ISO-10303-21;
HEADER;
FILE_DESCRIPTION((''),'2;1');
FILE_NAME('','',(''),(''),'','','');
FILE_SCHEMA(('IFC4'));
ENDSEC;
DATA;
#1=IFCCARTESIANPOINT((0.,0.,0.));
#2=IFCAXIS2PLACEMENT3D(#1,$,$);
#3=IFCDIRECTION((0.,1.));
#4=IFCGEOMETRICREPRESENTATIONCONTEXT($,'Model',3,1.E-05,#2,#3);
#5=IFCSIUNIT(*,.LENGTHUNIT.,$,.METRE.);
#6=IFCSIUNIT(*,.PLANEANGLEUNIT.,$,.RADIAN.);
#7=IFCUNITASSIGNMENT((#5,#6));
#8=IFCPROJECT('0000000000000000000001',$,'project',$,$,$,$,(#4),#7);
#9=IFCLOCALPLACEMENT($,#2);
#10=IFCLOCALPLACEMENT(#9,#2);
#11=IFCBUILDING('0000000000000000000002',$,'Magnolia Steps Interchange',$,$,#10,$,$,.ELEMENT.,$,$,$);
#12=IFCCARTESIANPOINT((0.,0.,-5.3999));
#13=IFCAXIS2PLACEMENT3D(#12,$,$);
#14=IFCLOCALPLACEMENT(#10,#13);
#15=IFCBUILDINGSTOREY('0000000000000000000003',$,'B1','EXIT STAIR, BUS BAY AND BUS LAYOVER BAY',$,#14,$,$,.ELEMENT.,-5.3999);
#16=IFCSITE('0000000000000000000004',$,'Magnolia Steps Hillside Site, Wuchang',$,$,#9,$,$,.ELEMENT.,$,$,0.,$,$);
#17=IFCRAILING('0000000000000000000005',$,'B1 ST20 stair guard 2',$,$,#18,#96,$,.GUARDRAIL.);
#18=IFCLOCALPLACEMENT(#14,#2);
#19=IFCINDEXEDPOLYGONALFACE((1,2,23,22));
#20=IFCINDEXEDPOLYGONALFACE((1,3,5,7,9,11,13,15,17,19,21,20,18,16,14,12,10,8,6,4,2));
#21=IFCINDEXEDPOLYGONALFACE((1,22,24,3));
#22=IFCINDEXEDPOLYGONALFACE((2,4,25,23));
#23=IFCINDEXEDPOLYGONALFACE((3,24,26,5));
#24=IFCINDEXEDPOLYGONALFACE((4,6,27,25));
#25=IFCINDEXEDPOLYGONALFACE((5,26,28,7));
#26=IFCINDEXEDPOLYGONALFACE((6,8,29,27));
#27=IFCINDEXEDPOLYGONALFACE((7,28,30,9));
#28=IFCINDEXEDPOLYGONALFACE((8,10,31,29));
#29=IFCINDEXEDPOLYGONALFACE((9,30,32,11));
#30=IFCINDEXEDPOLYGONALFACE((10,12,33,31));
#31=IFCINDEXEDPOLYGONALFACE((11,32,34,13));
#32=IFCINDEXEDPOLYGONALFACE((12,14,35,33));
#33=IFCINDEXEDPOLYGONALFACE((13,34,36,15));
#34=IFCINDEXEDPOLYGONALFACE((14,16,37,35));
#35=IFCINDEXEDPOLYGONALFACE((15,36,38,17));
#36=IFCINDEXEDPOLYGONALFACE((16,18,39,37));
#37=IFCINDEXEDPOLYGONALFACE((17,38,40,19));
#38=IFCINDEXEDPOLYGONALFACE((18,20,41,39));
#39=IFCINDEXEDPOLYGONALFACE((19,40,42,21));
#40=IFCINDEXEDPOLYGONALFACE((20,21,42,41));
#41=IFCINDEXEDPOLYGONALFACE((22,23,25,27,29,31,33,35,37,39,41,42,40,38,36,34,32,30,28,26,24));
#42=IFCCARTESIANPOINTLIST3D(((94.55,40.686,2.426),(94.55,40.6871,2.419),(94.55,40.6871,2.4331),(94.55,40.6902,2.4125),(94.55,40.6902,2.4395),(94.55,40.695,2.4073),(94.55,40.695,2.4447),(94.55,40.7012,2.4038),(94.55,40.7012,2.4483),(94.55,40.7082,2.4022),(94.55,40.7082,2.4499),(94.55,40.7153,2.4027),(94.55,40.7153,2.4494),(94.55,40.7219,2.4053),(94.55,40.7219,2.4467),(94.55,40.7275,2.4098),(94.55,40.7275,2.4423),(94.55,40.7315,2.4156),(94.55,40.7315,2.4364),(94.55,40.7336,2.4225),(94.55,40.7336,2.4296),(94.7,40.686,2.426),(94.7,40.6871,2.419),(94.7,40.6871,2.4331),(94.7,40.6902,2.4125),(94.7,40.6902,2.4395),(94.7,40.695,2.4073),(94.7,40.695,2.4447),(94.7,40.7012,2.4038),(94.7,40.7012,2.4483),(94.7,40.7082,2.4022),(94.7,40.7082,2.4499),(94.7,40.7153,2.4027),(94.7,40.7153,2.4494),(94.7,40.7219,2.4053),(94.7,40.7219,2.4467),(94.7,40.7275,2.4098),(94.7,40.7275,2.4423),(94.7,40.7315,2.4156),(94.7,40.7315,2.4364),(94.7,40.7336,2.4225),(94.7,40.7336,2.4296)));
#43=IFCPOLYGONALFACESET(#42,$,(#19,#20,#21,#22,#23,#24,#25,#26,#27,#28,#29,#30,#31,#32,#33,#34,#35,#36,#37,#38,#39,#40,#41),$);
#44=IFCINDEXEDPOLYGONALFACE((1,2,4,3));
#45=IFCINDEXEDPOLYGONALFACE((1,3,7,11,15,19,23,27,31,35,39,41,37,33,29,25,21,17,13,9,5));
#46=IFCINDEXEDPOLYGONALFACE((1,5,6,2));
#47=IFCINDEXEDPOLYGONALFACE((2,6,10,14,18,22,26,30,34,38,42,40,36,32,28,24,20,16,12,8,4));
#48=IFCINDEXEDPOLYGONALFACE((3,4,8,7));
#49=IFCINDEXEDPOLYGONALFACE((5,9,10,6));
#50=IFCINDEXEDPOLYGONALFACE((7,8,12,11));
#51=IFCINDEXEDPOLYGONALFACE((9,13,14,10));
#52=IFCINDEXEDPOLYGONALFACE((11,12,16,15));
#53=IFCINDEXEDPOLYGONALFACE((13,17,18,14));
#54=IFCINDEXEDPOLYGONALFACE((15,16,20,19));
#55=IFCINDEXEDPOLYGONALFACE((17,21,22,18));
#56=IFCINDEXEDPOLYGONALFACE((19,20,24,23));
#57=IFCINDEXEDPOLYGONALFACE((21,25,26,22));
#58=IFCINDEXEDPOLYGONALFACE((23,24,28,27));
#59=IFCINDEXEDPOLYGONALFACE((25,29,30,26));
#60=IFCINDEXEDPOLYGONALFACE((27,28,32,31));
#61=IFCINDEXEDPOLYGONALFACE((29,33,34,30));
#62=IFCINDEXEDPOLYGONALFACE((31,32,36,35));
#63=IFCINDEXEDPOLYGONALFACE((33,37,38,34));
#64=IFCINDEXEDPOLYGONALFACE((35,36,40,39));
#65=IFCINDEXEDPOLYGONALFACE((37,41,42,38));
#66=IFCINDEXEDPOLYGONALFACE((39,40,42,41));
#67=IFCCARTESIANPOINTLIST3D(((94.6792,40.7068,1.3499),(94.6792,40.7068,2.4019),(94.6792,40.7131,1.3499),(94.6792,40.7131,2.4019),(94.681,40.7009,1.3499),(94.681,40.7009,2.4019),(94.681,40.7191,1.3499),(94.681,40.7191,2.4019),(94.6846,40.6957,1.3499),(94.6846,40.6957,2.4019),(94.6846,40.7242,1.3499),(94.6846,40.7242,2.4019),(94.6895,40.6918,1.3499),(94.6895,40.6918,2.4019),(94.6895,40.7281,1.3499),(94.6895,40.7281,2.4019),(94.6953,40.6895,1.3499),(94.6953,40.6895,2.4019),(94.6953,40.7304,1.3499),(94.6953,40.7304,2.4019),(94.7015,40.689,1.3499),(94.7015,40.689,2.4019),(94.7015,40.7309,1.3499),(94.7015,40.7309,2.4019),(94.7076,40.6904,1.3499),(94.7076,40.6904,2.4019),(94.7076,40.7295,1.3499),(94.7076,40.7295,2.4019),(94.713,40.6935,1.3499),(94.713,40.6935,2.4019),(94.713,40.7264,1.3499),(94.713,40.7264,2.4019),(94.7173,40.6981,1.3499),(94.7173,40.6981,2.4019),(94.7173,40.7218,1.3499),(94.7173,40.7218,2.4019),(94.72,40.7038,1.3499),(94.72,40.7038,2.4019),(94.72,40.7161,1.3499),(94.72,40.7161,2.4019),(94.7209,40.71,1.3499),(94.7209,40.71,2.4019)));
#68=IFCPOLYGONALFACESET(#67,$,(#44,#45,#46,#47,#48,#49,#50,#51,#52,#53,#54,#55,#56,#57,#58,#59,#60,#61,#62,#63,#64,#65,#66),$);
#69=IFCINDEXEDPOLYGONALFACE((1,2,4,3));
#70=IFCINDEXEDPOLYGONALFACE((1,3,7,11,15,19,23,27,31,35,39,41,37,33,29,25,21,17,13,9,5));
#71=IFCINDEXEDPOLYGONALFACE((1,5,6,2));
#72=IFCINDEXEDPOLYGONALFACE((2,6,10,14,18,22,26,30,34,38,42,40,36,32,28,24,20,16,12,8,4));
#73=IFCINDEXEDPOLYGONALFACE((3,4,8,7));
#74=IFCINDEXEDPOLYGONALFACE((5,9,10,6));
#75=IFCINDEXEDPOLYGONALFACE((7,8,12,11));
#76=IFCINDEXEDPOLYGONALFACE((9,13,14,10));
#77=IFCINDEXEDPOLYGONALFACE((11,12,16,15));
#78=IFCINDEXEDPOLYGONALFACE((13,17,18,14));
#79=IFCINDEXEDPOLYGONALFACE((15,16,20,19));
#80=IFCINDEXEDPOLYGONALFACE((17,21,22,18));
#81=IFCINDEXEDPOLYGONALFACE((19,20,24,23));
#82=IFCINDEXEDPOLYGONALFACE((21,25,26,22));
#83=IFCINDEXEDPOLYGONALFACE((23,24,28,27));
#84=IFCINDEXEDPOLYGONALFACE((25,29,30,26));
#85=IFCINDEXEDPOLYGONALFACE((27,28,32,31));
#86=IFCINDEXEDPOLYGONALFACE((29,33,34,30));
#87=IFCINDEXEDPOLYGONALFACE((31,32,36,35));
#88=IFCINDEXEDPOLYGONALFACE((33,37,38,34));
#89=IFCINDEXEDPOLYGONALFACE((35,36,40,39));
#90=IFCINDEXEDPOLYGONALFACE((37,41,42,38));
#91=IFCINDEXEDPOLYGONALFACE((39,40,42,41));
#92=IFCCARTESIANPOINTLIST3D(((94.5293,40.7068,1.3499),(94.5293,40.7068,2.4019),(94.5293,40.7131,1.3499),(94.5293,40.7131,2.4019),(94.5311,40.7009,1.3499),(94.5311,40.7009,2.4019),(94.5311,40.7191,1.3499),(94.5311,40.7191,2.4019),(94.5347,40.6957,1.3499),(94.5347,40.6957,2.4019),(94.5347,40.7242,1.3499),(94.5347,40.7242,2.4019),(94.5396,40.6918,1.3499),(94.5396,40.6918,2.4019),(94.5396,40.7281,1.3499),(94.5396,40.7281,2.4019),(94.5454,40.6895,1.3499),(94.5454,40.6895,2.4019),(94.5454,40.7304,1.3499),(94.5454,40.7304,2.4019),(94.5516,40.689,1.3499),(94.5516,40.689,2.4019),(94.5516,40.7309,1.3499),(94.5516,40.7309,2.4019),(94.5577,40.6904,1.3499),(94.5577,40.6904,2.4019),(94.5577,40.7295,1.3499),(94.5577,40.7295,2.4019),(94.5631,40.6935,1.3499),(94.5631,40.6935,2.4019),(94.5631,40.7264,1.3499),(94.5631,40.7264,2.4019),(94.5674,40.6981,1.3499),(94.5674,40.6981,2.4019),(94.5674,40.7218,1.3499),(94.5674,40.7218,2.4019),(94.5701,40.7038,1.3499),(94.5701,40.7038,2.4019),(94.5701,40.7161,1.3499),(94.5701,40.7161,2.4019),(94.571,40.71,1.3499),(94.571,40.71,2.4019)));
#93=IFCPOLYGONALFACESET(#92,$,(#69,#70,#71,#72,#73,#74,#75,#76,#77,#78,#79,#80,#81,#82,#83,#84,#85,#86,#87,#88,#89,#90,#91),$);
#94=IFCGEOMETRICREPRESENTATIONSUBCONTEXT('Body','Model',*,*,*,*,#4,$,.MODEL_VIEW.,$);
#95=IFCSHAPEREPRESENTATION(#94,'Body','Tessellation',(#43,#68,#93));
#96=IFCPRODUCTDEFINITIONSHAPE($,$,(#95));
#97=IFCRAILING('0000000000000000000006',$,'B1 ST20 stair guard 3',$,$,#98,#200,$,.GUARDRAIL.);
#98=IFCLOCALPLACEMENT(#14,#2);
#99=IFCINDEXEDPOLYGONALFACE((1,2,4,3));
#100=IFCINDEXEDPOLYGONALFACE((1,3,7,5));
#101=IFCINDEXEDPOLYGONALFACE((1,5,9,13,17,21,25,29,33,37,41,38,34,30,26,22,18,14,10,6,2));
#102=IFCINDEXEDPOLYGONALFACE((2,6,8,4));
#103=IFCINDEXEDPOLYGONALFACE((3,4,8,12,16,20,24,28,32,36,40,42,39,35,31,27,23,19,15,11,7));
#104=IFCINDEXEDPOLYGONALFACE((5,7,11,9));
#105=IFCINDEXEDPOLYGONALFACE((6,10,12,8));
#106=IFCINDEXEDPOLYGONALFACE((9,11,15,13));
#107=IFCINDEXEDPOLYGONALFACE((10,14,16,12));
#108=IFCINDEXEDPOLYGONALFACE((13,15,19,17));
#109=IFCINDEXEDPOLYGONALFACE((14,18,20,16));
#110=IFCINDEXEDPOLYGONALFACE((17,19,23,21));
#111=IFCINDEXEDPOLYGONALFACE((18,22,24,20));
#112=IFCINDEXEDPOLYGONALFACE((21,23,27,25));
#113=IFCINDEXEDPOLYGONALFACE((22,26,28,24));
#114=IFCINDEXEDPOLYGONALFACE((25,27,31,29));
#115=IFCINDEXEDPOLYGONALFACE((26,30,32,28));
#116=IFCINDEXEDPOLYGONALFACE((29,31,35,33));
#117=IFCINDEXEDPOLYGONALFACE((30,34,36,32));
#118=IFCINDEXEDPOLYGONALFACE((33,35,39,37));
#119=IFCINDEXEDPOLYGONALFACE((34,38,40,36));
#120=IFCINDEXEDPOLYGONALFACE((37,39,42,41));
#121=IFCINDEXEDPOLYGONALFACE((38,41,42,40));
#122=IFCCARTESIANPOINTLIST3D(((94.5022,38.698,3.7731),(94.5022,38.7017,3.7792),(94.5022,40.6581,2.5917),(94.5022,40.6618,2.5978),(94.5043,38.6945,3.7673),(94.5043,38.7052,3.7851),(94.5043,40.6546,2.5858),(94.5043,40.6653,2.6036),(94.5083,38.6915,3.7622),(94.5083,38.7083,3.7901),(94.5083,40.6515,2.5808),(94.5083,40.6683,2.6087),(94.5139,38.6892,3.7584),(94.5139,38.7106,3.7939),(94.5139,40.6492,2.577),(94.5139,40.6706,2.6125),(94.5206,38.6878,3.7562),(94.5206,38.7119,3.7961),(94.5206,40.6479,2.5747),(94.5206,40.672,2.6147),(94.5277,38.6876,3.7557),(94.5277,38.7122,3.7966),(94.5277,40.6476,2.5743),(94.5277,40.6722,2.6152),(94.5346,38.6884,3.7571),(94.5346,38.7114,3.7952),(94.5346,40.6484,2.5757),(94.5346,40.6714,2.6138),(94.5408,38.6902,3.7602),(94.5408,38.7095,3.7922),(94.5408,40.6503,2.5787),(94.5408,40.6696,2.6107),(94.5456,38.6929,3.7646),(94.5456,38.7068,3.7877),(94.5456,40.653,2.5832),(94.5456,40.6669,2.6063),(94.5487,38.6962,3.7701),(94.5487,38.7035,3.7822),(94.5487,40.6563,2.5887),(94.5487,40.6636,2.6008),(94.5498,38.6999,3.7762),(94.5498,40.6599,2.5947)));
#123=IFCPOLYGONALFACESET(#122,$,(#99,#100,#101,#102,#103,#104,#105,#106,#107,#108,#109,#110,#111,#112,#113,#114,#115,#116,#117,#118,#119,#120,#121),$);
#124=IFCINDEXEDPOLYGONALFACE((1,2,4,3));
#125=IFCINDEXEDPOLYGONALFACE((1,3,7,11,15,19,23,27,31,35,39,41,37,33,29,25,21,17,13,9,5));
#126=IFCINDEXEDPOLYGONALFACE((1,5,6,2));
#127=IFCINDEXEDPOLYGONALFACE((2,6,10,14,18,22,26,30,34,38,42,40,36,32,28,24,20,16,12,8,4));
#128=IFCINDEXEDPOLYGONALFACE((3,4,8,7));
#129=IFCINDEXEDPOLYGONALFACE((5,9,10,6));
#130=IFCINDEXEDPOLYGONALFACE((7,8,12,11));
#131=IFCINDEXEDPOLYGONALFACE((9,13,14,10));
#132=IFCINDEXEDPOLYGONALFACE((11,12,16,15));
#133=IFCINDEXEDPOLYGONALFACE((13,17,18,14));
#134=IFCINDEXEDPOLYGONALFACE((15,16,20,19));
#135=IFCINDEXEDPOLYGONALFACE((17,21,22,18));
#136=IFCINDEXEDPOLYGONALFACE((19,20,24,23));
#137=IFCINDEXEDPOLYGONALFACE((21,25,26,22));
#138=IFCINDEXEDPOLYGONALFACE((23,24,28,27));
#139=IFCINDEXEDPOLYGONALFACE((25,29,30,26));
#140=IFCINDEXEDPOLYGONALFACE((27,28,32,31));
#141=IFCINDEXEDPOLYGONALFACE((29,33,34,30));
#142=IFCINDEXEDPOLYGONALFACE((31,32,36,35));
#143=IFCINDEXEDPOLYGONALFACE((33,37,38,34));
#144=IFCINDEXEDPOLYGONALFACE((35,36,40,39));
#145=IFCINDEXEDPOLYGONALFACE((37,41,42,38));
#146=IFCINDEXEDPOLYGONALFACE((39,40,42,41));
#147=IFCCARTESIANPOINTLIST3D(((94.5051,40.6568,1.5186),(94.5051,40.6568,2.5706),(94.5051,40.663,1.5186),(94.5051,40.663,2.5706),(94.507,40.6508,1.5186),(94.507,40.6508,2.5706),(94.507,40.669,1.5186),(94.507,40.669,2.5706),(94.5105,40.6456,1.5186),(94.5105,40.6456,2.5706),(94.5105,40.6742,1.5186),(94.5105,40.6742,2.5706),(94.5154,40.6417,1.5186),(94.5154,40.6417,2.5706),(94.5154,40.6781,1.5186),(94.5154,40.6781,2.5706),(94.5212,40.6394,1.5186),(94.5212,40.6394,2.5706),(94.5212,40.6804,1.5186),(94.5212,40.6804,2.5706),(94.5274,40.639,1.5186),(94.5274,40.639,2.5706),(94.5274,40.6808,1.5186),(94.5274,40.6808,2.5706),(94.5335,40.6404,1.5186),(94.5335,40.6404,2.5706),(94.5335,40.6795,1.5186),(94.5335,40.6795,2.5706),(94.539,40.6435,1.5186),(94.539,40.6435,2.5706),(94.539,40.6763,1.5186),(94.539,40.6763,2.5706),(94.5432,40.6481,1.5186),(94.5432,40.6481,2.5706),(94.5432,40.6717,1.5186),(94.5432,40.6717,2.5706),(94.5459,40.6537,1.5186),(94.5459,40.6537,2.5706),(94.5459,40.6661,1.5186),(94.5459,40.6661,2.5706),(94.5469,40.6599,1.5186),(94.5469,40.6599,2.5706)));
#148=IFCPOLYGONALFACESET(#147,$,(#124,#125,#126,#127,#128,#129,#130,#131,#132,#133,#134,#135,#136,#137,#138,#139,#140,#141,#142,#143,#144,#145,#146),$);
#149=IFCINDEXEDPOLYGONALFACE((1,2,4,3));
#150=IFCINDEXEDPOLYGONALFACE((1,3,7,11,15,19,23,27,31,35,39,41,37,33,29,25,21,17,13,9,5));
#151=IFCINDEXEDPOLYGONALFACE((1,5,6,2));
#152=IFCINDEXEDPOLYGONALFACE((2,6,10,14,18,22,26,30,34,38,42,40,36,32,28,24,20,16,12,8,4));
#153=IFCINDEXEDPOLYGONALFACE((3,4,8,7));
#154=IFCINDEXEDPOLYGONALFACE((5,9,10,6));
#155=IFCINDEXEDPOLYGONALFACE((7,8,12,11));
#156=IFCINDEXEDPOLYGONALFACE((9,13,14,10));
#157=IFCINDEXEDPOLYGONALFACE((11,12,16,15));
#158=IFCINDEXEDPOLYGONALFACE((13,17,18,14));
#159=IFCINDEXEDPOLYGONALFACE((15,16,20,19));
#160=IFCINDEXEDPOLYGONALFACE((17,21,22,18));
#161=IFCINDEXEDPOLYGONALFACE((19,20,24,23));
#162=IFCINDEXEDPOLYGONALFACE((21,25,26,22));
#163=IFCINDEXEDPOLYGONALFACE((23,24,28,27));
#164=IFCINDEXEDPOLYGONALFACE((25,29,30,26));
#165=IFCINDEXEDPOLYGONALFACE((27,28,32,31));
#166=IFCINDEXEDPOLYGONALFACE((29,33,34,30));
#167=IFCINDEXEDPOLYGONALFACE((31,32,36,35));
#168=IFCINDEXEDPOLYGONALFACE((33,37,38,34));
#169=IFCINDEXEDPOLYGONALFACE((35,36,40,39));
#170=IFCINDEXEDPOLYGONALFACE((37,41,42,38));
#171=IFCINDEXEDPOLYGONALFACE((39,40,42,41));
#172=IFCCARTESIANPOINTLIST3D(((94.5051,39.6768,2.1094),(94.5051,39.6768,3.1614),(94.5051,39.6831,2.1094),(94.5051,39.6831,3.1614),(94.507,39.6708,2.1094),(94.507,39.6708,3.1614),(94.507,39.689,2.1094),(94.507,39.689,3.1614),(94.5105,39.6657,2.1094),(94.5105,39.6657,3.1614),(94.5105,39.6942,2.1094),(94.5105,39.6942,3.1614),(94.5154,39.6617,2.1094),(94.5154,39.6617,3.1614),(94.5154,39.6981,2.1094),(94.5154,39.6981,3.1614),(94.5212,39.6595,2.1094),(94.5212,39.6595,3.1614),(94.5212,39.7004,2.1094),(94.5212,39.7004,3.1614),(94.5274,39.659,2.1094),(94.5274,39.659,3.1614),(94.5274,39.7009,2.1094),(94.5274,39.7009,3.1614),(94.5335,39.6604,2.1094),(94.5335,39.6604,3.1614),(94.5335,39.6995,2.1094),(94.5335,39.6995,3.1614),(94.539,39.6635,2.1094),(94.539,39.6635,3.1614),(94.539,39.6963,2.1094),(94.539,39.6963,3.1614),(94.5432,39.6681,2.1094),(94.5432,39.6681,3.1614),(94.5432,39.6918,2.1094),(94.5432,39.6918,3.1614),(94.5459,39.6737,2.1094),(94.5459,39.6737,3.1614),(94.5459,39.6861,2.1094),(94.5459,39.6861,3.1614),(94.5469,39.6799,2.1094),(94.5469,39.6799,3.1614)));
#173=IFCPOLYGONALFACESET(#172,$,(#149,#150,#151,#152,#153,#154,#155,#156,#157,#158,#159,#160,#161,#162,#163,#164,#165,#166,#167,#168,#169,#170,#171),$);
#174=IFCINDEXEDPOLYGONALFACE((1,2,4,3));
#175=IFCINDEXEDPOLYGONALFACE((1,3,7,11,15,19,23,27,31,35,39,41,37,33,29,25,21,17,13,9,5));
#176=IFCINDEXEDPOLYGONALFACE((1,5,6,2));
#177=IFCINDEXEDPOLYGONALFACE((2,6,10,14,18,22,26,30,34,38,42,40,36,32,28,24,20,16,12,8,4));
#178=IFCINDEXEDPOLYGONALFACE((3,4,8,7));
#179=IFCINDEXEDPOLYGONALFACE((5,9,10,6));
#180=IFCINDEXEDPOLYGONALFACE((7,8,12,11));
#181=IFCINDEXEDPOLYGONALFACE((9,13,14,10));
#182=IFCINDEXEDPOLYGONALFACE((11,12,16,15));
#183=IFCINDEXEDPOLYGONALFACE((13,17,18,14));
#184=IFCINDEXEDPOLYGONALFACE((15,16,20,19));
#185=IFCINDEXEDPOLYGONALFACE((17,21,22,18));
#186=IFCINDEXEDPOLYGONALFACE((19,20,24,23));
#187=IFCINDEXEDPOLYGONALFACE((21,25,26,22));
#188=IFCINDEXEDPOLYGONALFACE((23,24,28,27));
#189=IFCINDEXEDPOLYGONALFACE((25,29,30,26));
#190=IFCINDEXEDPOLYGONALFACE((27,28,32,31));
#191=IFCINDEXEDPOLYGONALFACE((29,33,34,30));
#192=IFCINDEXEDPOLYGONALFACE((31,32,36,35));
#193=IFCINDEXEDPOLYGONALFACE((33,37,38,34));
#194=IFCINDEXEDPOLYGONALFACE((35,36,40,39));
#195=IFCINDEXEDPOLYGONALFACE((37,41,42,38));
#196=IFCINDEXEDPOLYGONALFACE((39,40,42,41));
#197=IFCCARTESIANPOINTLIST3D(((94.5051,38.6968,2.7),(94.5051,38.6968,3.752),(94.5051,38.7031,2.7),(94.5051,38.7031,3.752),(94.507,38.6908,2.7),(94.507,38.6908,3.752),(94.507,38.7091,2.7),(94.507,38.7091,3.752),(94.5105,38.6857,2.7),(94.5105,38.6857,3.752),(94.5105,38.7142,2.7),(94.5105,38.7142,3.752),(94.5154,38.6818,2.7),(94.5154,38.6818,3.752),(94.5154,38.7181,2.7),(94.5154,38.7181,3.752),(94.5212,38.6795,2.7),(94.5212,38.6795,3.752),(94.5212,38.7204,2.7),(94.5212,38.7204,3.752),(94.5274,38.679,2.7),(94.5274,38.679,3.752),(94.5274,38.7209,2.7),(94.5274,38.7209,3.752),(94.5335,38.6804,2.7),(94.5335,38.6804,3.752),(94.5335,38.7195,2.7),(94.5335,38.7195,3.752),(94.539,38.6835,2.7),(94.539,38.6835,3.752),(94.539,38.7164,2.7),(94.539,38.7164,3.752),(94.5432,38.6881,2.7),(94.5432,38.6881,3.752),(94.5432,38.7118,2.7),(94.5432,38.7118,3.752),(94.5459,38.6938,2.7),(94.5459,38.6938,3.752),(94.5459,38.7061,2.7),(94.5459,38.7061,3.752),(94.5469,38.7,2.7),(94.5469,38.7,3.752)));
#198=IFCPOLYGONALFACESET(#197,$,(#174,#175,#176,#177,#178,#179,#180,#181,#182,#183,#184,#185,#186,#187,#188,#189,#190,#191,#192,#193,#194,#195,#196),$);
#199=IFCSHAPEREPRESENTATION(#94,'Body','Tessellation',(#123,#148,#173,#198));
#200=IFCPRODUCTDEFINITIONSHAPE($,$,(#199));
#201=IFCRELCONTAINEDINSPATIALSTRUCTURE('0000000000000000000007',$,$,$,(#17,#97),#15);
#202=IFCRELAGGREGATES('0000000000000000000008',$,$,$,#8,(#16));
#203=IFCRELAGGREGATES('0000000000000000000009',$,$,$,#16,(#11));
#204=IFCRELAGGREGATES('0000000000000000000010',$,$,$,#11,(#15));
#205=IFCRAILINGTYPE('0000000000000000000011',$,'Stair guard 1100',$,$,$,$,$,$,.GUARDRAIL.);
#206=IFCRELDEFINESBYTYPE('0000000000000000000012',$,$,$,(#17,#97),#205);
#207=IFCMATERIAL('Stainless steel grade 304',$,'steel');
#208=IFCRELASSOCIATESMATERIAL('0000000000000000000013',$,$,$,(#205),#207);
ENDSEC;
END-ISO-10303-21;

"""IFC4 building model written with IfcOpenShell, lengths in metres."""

from ifc_helpers import new_model, si_unit, direction, frame, origin, origin_2d, place, context, subcontext, project, spatial, circle, extrude, material, type_object, element, save


model = new_model("IFC4")

# Units and contexts
model_context = context("Model", 3, precision=1e-05, world=origin(), true_north=direction((0.0, 1.0)))
body_context = subcontext(model_context, "Body", "Model", "MODEL_VIEW")
ifc_project = project(units=[si_unit("LENGTHUNIT", "METRE"), si_unit("PLANEANGLEUNIT", "RADIAN")], contexts=[model_context])

# Site, building, storey
site_placement = place(None, origin())
site = spatial("IfcSite", under=ifc_project, at=site_placement, Name="Magnolia Steps Hillside Site, Wuchang", CompositionType="ELEMENT", RefElevation=0.0)
building_placement = place(site_placement, origin())
building = spatial("IfcBuilding", under=site, at=building_placement, Name="Magnolia Steps Interchange", CompositionType="ELEMENT")
storey_placement = place(building_placement, frame((0.0, 0.0, -5.3999)))
storey = spatial("IfcBuildingStorey", under=building, at=storey_placement, Name="B1", Description="EXIT STAIR, BUS BAY AND BUS LAYOVER BAY", CompositionType="ELEMENT", Elevation=-5.3999)

# Railings
ifc_material_1 = material(Name="Stainless steel grade 304", Category="steel")
railing_type_1 = type_object("IfcRailingType", Name="Stair guard 1100", PredefinedType="GUARDRAIL", material=ifc_material_1)
railing_1_placement = place(storey_placement, frame((94.7, 40.71, 1.3499)))
element("IfcRailing", 1, at=railing_1_placement, inside=storey, type_object=railing_type_1, Name="B1 ST20 stair guard 2", PredefinedType="GUARDRAIL", context=body_context, shape_type="SweptSolid", body=[
    extrude(circle(Radius=0.0239, at=origin_2d()), frame((0.0, 0.0, 1.0762), z_axis=(-1.0, 0.0, 0.0), x_axis=(0.0, -1.0, 0.0)), (0.0, 0.0, 1.0), 0.1499),
    extrude(circle(Radius=0.021, at=origin_2d()), origin(), (0.0, 0.0, 1.0), 1.052),
    extrude(circle(Radius=0.021, at=origin_2d()), frame((-0.1499, 0.0, 0.0)), (0.0, 0.0, 1.0), 1.052),
])
railing_2_placement = place(storey_placement, frame((94.5259, 40.6599, 1.5186)))
element("IfcRailing", 2, at=railing_2_placement, inside=storey, type_object=railing_type_1, Name="B1 ST20 stair guard 3", PredefinedType="GUARDRAIL", context=body_context, shape_type="SweptSolid", body=[
    extrude(circle(Radius=0.0239, at=origin_2d()), frame((0.0, 0.0, 1.0762), z_axis=(0.0, -0.856446, 0.516236), x_axis=(1.0, 0.0, 0.0)), (0.0, 0.0, 1.0), 2.2886),
    extrude(circle(Radius=0.021, at=origin_2d()), origin(), (0.0, 0.0, 1.0), 1.052),
    extrude(circle(Radius=0.021, at=origin_2d()), frame((0.0, -0.98, 0.5908)), (0.0, 0.0, 1.0), 1.052),
    extrude(circle(Radius=0.021, at=origin_2d()), frame((0.0, -1.96, 1.1814)), (0.0, 0.0, 1.0), 1.052),
])

save(model, "model.ifc")
